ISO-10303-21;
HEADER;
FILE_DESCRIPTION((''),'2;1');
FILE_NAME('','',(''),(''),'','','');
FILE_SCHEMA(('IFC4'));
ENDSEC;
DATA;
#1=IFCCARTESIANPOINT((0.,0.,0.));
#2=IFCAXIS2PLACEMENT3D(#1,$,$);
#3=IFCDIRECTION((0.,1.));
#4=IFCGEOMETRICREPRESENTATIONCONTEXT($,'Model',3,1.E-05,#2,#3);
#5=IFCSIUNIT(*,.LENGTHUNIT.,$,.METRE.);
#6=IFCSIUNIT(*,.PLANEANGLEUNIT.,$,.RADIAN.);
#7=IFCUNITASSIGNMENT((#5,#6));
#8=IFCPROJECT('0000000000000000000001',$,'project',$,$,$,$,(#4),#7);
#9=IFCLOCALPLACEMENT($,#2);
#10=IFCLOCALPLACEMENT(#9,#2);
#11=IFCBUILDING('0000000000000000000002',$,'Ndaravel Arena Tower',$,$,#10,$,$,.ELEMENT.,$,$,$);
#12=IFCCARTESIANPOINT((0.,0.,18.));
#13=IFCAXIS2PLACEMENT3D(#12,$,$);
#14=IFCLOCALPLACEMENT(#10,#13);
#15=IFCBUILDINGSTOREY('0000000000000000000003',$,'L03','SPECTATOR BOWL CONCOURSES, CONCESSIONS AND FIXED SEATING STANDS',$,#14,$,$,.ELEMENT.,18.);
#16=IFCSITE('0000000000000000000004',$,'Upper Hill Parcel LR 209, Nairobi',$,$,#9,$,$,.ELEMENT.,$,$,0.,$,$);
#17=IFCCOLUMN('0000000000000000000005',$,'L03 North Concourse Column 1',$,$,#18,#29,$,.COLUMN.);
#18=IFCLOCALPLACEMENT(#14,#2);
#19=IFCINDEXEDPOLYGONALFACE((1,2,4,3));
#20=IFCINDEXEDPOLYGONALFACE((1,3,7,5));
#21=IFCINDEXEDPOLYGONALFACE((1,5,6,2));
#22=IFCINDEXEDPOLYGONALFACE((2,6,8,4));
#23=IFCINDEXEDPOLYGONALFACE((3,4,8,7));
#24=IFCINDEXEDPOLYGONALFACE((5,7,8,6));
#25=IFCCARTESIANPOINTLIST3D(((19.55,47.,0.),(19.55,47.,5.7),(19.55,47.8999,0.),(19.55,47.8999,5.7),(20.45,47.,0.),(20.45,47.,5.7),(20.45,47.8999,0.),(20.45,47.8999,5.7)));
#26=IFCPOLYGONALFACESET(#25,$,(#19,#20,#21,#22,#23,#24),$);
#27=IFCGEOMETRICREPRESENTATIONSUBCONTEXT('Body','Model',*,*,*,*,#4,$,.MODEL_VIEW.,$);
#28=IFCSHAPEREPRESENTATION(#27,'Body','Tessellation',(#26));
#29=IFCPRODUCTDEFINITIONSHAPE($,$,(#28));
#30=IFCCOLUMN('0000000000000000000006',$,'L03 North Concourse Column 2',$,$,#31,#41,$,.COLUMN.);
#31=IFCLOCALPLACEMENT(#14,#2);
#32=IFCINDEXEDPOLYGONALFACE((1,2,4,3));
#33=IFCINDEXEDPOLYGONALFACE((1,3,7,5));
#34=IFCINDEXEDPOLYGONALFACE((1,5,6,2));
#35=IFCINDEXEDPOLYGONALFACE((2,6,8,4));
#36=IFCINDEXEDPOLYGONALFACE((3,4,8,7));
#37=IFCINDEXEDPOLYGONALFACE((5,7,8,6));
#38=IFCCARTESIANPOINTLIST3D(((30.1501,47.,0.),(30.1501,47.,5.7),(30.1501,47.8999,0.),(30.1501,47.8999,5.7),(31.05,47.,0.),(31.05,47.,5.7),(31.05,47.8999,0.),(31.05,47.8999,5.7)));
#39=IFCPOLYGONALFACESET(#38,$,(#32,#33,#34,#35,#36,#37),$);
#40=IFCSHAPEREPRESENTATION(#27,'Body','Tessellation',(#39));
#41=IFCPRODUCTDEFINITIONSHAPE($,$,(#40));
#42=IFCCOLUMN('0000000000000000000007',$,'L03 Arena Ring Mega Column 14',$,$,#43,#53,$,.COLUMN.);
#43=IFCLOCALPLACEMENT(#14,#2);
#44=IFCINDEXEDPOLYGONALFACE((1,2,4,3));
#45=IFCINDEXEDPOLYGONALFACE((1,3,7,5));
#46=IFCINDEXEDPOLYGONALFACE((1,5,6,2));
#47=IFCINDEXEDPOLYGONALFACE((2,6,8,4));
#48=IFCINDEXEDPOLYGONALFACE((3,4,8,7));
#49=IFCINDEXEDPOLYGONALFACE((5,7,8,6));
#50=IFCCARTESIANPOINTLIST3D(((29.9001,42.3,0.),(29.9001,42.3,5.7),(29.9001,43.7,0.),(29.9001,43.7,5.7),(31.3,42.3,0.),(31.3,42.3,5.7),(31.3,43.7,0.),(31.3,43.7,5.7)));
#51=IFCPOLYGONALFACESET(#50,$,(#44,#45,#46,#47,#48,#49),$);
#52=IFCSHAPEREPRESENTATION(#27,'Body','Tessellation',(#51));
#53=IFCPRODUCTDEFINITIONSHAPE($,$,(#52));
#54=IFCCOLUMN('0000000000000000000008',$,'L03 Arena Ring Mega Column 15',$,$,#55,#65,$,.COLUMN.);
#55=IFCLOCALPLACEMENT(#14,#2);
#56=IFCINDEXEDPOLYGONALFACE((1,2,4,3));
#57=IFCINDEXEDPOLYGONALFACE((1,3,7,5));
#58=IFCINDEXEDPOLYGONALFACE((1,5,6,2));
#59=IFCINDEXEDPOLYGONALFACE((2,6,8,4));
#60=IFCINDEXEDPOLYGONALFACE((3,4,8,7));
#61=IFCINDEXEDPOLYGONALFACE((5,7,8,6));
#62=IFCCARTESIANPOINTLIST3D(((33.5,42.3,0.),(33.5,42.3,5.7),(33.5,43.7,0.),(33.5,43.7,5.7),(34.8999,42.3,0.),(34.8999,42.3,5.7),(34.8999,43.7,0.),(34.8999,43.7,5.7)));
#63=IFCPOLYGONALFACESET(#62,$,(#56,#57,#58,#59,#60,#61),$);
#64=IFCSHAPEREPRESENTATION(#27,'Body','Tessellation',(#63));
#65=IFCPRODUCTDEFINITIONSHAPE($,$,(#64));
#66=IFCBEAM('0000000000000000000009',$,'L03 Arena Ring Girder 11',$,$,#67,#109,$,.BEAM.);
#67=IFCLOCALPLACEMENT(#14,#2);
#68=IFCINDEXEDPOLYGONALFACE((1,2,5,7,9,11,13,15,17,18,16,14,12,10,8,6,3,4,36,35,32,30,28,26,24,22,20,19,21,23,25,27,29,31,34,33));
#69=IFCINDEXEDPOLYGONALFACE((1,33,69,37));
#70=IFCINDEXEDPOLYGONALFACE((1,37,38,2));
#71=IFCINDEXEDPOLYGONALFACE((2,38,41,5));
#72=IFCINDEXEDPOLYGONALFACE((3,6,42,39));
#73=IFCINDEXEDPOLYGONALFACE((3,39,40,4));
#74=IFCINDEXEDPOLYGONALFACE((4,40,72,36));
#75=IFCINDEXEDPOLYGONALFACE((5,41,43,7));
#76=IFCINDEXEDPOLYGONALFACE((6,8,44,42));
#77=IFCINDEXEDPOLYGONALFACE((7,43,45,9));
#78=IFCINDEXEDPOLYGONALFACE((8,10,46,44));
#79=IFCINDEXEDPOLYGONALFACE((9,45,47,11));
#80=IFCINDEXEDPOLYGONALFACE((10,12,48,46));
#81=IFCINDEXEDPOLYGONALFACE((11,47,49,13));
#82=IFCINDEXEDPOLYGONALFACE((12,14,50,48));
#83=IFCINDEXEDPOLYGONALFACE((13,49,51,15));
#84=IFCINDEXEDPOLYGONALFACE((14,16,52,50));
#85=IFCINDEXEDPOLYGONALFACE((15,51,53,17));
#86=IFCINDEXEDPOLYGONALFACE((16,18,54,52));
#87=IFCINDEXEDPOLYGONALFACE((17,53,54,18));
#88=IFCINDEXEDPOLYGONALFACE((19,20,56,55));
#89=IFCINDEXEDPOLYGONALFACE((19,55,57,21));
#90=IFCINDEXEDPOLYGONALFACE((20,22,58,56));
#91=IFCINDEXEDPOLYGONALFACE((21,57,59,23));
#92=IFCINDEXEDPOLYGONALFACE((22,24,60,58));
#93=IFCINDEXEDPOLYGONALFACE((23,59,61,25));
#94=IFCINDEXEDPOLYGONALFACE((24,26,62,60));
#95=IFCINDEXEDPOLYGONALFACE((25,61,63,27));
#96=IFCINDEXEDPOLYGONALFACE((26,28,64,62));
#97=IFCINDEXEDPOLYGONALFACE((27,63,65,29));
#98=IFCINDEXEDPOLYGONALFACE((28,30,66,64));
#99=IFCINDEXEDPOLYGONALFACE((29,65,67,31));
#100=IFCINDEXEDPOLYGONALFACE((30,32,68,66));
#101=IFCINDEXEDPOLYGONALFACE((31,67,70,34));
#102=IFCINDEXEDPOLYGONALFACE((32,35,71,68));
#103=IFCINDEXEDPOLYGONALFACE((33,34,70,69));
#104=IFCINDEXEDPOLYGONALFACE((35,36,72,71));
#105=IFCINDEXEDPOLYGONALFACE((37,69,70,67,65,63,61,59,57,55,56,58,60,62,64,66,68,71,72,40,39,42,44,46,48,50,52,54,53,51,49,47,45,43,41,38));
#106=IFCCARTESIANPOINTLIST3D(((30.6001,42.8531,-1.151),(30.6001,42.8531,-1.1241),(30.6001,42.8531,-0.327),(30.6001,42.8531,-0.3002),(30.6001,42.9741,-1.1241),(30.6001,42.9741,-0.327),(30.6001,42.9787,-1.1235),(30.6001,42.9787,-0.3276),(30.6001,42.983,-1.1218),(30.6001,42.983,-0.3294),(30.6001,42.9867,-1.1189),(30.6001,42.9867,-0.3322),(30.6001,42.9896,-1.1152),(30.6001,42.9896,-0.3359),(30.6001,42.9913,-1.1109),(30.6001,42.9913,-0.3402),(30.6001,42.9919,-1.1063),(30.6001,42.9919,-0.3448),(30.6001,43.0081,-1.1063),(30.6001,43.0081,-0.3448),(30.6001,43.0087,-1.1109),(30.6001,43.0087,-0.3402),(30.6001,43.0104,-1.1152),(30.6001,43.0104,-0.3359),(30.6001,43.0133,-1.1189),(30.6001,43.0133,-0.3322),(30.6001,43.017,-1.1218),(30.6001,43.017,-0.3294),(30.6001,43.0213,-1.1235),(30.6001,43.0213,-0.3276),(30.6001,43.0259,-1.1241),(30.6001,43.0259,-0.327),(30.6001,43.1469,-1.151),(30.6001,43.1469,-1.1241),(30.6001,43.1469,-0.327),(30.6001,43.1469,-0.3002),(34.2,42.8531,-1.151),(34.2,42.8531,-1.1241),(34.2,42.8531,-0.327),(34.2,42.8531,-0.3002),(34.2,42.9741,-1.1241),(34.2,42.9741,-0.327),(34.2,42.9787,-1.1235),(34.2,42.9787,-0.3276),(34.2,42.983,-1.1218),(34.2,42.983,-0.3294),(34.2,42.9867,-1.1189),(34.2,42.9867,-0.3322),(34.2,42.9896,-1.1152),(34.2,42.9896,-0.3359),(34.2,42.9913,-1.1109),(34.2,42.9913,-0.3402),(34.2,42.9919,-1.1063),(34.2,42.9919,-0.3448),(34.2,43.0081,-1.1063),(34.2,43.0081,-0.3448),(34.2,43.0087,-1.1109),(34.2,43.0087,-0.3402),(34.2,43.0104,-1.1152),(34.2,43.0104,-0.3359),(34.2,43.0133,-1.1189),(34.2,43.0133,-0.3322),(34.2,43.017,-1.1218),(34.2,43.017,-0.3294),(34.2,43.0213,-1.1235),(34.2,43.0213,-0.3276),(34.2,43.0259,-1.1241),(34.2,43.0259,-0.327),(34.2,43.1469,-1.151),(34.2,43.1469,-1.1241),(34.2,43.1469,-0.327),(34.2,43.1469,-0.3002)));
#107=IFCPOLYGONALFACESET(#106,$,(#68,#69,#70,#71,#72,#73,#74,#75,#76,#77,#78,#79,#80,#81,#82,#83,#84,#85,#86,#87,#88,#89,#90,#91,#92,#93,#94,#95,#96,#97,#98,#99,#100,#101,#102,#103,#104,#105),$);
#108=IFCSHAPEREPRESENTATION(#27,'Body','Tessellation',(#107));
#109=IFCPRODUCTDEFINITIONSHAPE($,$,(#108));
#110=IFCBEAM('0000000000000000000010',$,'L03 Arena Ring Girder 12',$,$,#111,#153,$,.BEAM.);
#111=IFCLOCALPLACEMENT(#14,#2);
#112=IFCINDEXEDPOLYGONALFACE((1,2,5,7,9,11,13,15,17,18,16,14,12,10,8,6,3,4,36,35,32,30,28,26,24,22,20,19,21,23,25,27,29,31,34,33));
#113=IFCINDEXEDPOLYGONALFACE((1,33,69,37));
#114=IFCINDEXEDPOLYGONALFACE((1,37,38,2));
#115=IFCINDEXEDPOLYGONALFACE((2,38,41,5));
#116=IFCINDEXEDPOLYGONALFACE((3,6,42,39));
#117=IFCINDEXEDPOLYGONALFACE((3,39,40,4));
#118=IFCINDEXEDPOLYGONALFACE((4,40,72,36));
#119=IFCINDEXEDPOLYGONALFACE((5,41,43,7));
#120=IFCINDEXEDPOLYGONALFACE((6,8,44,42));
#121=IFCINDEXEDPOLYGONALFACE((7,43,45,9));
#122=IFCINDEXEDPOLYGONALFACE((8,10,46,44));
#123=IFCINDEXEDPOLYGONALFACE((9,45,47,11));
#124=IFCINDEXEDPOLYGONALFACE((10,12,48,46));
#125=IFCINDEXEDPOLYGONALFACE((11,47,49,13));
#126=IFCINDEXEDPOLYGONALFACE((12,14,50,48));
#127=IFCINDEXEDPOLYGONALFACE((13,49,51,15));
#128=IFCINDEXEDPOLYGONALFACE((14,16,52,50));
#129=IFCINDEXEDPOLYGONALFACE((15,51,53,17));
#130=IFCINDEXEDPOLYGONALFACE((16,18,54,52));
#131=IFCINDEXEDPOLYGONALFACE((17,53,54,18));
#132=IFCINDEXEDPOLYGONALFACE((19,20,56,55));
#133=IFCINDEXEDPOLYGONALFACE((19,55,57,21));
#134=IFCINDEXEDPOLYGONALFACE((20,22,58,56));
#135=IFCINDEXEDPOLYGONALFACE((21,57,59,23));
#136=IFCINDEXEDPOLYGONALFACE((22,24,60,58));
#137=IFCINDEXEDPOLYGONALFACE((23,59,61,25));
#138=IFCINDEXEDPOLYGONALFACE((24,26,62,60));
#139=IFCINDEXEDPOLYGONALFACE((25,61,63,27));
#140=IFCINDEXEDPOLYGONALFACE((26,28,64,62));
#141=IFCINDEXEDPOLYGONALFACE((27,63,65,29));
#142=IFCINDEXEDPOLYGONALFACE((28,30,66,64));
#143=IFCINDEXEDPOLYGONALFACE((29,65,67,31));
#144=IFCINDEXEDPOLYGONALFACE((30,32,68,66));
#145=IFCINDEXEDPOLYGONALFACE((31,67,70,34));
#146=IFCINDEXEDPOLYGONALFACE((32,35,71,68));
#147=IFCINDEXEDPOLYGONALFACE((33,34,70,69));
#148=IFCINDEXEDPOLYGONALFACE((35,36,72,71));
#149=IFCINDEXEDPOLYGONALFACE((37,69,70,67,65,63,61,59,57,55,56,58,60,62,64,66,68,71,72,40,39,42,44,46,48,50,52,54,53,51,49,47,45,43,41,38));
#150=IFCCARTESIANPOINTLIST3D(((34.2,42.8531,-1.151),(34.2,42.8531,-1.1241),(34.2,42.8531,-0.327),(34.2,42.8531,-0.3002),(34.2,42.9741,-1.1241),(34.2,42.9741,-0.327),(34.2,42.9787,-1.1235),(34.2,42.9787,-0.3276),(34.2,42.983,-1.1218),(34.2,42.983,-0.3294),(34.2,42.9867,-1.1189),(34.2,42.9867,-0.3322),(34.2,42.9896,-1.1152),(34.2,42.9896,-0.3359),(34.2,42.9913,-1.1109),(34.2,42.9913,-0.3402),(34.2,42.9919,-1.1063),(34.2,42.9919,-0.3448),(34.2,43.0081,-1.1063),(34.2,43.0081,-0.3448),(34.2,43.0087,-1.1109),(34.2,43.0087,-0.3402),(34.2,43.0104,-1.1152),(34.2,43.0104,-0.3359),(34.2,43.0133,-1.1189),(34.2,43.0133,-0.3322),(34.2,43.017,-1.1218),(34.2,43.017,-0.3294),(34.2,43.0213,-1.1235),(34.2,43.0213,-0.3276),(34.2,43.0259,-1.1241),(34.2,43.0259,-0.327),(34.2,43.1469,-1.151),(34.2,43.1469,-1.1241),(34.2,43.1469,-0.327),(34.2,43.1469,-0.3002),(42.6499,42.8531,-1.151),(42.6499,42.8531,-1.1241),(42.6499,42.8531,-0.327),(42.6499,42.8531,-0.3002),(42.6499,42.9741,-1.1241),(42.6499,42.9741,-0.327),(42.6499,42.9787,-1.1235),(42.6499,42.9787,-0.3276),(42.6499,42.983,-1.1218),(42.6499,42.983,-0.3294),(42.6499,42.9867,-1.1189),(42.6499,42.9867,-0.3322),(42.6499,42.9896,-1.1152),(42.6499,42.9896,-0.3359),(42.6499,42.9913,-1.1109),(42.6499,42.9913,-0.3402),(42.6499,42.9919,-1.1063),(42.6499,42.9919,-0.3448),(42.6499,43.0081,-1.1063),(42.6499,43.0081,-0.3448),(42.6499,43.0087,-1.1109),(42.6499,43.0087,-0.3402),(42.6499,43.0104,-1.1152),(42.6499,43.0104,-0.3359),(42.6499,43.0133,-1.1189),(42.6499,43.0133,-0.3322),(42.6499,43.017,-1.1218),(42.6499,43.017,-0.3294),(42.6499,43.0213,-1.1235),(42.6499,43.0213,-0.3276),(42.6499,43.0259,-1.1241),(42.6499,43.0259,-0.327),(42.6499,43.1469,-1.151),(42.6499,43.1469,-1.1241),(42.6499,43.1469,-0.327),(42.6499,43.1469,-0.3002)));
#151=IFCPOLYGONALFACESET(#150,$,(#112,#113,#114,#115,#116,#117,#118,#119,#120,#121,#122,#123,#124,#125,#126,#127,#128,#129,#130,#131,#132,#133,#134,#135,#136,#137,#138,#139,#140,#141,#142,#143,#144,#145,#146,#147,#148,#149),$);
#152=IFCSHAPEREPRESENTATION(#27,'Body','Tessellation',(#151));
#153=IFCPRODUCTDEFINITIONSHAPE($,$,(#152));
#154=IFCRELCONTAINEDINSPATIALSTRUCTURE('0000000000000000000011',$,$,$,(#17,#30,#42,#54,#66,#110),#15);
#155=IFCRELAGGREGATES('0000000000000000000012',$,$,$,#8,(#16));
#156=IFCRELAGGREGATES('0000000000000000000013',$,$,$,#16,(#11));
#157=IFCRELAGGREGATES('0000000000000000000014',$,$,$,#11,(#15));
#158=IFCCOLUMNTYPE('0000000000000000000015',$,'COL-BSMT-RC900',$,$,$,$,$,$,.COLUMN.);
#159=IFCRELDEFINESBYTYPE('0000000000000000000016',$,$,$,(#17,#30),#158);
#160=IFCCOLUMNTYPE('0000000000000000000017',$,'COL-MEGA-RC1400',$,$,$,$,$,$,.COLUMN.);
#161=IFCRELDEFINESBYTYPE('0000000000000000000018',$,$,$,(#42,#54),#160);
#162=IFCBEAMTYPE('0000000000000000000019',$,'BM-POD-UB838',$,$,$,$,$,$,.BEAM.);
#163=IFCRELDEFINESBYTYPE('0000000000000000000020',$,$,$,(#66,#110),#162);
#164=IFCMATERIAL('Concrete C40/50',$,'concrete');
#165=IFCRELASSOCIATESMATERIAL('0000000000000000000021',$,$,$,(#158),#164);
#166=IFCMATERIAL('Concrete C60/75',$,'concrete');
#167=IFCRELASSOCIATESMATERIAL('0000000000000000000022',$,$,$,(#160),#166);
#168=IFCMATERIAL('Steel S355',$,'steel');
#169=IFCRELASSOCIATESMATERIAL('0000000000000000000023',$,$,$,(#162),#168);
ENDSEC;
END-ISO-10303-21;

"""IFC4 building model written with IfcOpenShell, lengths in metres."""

from ifc_helpers import new_model, si_unit, direction, frame, origin, origin_2d, place, context, subcontext, project, spatial, rectangle, i_section, extrude, material, material_profile, profile_set, type_object, element, save


model = new_model("IFC4")

# Units and contexts
model_context = context("Model", 3, precision=1e-05, world=origin(), true_north=direction((0.0, 1.0)))
body_context = subcontext(model_context, "Body", "Model", "MODEL_VIEW")
ifc_project = project(units=[si_unit("LENGTHUNIT", "METRE"), si_unit("PLANEANGLEUNIT", "RADIAN")], contexts=[model_context])

# Site, building, storey
site_placement = place(None, origin())
site = spatial("IfcSite", under=ifc_project, at=site_placement, Name="Upper Hill Parcel LR 209, Nairobi", CompositionType="ELEMENT", RefElevation=0.0)
building_placement = place(site_placement, origin())
building = spatial("IfcBuilding", under=site, at=building_placement, Name="Ndaravel Arena Tower", CompositionType="ELEMENT")
storey_placement = place(building_placement, frame((0.0, 0.0, 18.0)))
storey = spatial("IfcBuildingStorey", under=building, at=storey_placement, Name="L03", Description="SPECTATOR BOWL CONCOURSES, CONCESSIONS AND FIXED SEATING STANDS", CompositionType="ELEMENT", Elevation=18.0)

# Columns
ifc_material_1 = material(Name="Concrete C40/50", Category="concrete")
ifc_material_profile_1 = material_profile(ifc_material_1, rectangle(XDim=0.8999, YDim=0.8999, at=origin_2d()), Name="RC 900x900")
ifc_profile_set_1 = profile_set([ifc_material_profile_1], Name="Concrete C40/50")
column_type_1 = type_object("IfcColumnType", Name="COL-BSMT-RC900", PredefinedType="COLUMN", material=ifc_profile_set_1)
for number, where, z_axis, x_axis, name in (
    (1, (20.0, 47.45, 0.0), (0.0, 0.0, 1.0), (1.0, 0.0, 0.0), "L03 North Concourse Column 1"),
    (2, (30.6001, 47.45, 0.0), (0.0, 0.0, 1.0), (1.0, 0.0, 0.0), "L03 North Concourse Column 2"),
):
    element("IfcColumn", number, at=place(storey_placement, frame(where, z_axis=z_axis, x_axis=x_axis)), inside=storey, type_object=column_type_1, Name=name, PredefinedType="COLUMN", context=body_context, shape_type="SweptSolid", body=[
        extrude(rectangle(XDim=0.8999, YDim=0.8999, at=origin_2d()), origin(), (0.0, 0.0, 1.0), 5.7),
    ])
ifc_material_2 = material(Name="Concrete C60/75", Category="concrete")
ifc_material_profile_2 = material_profile(ifc_material_2, rectangle(XDim=1.3999, YDim=1.3999, at=origin_2d()), Name="RC 1400x1400")
ifc_profile_set_2 = profile_set([ifc_material_profile_2], Name="Concrete C60/75")
column_type_2 = type_object("IfcColumnType", Name="COL-MEGA-RC1400", PredefinedType="COLUMN", material=ifc_profile_set_2)
for number, where, z_axis, x_axis, name in (
    (3, (30.6001, 43.0, 0.0), (0.0, 0.0, 1.0), (1.0, 0.0, 0.0), "L03 Arena Ring Mega Column 14"),
    (4, (34.2, 43.0, 0.0), (0.0, 0.0, 1.0), (1.0, 0.0, 0.0), "L03 Arena Ring Mega Column 15"),
):
    element("IfcColumn", number, at=place(storey_placement, frame(where, z_axis=z_axis, x_axis=x_axis)), inside=storey, type_object=column_type_2, Name=name, PredefinedType="COLUMN", context=body_context, shape_type="SweptSolid", body=[
        extrude(rectangle(XDim=1.3999, YDim=1.3999, at=origin_2d()), origin(), (0.0, 0.0, 1.0), 5.7),
    ])

# Beams
ifc_material_3 = material(Name="Steel S355", Category="steel")
ifc_material_profile_3 = material_profile(ifc_material_3, i_section(OverallWidth=0.2937, OverallDepth=0.8508, WebThickness=0.0161, FlangeThickness=0.0269, FilletRadius=0.0178, at=origin_2d()), Name="UB 838x292x226")
ifc_profile_set_3 = profile_set([ifc_material_profile_3], Name="Steel S355")
beam_type_1 = type_object("IfcBeamType", Name="BM-POD-UB838", PredefinedType="BEAM", material=ifc_profile_set_3)
beam_1_placement = place(storey_placement, frame((30.6001, 43.0, -0.7256), z_axis=(1.0, 0.0, 0.0), x_axis=(0.0, 1.0, 0.0)))
element("IfcBeam", 5, at=beam_1_placement, inside=storey, type_object=beam_type_1, Name="L03 Arena Ring Girder 11", PredefinedType="BEAM", context=body_context, shape_type="SweptSolid", body=[
    extrude(i_section(OverallWidth=0.2937, OverallDepth=0.8508, WebThickness=0.0161, FlangeThickness=0.0269, FilletRadius=0.0178, at=origin_2d()), origin(), (0.0, 0.0, 1.0), 3.5999),
])
beam_2_placement = place(storey_placement, frame((34.2, 43.0, -0.7256), z_axis=(1.0, 0.0, 0.0), x_axis=(0.0, 1.0, 0.0)))
element("IfcBeam", 6, at=beam_2_placement, inside=storey, type_object=beam_type_1, Name="L03 Arena Ring Girder 12", PredefinedType="BEAM", context=body_context, shape_type="SweptSolid", body=[
    extrude(i_section(OverallWidth=0.2937, OverallDepth=0.8508, WebThickness=0.0161, FlangeThickness=0.0269, FilletRadius=0.0178, at=origin_2d()), origin(), (0.0, 0.0, 1.0), 8.45),
])

save(model, "model.ifc")
